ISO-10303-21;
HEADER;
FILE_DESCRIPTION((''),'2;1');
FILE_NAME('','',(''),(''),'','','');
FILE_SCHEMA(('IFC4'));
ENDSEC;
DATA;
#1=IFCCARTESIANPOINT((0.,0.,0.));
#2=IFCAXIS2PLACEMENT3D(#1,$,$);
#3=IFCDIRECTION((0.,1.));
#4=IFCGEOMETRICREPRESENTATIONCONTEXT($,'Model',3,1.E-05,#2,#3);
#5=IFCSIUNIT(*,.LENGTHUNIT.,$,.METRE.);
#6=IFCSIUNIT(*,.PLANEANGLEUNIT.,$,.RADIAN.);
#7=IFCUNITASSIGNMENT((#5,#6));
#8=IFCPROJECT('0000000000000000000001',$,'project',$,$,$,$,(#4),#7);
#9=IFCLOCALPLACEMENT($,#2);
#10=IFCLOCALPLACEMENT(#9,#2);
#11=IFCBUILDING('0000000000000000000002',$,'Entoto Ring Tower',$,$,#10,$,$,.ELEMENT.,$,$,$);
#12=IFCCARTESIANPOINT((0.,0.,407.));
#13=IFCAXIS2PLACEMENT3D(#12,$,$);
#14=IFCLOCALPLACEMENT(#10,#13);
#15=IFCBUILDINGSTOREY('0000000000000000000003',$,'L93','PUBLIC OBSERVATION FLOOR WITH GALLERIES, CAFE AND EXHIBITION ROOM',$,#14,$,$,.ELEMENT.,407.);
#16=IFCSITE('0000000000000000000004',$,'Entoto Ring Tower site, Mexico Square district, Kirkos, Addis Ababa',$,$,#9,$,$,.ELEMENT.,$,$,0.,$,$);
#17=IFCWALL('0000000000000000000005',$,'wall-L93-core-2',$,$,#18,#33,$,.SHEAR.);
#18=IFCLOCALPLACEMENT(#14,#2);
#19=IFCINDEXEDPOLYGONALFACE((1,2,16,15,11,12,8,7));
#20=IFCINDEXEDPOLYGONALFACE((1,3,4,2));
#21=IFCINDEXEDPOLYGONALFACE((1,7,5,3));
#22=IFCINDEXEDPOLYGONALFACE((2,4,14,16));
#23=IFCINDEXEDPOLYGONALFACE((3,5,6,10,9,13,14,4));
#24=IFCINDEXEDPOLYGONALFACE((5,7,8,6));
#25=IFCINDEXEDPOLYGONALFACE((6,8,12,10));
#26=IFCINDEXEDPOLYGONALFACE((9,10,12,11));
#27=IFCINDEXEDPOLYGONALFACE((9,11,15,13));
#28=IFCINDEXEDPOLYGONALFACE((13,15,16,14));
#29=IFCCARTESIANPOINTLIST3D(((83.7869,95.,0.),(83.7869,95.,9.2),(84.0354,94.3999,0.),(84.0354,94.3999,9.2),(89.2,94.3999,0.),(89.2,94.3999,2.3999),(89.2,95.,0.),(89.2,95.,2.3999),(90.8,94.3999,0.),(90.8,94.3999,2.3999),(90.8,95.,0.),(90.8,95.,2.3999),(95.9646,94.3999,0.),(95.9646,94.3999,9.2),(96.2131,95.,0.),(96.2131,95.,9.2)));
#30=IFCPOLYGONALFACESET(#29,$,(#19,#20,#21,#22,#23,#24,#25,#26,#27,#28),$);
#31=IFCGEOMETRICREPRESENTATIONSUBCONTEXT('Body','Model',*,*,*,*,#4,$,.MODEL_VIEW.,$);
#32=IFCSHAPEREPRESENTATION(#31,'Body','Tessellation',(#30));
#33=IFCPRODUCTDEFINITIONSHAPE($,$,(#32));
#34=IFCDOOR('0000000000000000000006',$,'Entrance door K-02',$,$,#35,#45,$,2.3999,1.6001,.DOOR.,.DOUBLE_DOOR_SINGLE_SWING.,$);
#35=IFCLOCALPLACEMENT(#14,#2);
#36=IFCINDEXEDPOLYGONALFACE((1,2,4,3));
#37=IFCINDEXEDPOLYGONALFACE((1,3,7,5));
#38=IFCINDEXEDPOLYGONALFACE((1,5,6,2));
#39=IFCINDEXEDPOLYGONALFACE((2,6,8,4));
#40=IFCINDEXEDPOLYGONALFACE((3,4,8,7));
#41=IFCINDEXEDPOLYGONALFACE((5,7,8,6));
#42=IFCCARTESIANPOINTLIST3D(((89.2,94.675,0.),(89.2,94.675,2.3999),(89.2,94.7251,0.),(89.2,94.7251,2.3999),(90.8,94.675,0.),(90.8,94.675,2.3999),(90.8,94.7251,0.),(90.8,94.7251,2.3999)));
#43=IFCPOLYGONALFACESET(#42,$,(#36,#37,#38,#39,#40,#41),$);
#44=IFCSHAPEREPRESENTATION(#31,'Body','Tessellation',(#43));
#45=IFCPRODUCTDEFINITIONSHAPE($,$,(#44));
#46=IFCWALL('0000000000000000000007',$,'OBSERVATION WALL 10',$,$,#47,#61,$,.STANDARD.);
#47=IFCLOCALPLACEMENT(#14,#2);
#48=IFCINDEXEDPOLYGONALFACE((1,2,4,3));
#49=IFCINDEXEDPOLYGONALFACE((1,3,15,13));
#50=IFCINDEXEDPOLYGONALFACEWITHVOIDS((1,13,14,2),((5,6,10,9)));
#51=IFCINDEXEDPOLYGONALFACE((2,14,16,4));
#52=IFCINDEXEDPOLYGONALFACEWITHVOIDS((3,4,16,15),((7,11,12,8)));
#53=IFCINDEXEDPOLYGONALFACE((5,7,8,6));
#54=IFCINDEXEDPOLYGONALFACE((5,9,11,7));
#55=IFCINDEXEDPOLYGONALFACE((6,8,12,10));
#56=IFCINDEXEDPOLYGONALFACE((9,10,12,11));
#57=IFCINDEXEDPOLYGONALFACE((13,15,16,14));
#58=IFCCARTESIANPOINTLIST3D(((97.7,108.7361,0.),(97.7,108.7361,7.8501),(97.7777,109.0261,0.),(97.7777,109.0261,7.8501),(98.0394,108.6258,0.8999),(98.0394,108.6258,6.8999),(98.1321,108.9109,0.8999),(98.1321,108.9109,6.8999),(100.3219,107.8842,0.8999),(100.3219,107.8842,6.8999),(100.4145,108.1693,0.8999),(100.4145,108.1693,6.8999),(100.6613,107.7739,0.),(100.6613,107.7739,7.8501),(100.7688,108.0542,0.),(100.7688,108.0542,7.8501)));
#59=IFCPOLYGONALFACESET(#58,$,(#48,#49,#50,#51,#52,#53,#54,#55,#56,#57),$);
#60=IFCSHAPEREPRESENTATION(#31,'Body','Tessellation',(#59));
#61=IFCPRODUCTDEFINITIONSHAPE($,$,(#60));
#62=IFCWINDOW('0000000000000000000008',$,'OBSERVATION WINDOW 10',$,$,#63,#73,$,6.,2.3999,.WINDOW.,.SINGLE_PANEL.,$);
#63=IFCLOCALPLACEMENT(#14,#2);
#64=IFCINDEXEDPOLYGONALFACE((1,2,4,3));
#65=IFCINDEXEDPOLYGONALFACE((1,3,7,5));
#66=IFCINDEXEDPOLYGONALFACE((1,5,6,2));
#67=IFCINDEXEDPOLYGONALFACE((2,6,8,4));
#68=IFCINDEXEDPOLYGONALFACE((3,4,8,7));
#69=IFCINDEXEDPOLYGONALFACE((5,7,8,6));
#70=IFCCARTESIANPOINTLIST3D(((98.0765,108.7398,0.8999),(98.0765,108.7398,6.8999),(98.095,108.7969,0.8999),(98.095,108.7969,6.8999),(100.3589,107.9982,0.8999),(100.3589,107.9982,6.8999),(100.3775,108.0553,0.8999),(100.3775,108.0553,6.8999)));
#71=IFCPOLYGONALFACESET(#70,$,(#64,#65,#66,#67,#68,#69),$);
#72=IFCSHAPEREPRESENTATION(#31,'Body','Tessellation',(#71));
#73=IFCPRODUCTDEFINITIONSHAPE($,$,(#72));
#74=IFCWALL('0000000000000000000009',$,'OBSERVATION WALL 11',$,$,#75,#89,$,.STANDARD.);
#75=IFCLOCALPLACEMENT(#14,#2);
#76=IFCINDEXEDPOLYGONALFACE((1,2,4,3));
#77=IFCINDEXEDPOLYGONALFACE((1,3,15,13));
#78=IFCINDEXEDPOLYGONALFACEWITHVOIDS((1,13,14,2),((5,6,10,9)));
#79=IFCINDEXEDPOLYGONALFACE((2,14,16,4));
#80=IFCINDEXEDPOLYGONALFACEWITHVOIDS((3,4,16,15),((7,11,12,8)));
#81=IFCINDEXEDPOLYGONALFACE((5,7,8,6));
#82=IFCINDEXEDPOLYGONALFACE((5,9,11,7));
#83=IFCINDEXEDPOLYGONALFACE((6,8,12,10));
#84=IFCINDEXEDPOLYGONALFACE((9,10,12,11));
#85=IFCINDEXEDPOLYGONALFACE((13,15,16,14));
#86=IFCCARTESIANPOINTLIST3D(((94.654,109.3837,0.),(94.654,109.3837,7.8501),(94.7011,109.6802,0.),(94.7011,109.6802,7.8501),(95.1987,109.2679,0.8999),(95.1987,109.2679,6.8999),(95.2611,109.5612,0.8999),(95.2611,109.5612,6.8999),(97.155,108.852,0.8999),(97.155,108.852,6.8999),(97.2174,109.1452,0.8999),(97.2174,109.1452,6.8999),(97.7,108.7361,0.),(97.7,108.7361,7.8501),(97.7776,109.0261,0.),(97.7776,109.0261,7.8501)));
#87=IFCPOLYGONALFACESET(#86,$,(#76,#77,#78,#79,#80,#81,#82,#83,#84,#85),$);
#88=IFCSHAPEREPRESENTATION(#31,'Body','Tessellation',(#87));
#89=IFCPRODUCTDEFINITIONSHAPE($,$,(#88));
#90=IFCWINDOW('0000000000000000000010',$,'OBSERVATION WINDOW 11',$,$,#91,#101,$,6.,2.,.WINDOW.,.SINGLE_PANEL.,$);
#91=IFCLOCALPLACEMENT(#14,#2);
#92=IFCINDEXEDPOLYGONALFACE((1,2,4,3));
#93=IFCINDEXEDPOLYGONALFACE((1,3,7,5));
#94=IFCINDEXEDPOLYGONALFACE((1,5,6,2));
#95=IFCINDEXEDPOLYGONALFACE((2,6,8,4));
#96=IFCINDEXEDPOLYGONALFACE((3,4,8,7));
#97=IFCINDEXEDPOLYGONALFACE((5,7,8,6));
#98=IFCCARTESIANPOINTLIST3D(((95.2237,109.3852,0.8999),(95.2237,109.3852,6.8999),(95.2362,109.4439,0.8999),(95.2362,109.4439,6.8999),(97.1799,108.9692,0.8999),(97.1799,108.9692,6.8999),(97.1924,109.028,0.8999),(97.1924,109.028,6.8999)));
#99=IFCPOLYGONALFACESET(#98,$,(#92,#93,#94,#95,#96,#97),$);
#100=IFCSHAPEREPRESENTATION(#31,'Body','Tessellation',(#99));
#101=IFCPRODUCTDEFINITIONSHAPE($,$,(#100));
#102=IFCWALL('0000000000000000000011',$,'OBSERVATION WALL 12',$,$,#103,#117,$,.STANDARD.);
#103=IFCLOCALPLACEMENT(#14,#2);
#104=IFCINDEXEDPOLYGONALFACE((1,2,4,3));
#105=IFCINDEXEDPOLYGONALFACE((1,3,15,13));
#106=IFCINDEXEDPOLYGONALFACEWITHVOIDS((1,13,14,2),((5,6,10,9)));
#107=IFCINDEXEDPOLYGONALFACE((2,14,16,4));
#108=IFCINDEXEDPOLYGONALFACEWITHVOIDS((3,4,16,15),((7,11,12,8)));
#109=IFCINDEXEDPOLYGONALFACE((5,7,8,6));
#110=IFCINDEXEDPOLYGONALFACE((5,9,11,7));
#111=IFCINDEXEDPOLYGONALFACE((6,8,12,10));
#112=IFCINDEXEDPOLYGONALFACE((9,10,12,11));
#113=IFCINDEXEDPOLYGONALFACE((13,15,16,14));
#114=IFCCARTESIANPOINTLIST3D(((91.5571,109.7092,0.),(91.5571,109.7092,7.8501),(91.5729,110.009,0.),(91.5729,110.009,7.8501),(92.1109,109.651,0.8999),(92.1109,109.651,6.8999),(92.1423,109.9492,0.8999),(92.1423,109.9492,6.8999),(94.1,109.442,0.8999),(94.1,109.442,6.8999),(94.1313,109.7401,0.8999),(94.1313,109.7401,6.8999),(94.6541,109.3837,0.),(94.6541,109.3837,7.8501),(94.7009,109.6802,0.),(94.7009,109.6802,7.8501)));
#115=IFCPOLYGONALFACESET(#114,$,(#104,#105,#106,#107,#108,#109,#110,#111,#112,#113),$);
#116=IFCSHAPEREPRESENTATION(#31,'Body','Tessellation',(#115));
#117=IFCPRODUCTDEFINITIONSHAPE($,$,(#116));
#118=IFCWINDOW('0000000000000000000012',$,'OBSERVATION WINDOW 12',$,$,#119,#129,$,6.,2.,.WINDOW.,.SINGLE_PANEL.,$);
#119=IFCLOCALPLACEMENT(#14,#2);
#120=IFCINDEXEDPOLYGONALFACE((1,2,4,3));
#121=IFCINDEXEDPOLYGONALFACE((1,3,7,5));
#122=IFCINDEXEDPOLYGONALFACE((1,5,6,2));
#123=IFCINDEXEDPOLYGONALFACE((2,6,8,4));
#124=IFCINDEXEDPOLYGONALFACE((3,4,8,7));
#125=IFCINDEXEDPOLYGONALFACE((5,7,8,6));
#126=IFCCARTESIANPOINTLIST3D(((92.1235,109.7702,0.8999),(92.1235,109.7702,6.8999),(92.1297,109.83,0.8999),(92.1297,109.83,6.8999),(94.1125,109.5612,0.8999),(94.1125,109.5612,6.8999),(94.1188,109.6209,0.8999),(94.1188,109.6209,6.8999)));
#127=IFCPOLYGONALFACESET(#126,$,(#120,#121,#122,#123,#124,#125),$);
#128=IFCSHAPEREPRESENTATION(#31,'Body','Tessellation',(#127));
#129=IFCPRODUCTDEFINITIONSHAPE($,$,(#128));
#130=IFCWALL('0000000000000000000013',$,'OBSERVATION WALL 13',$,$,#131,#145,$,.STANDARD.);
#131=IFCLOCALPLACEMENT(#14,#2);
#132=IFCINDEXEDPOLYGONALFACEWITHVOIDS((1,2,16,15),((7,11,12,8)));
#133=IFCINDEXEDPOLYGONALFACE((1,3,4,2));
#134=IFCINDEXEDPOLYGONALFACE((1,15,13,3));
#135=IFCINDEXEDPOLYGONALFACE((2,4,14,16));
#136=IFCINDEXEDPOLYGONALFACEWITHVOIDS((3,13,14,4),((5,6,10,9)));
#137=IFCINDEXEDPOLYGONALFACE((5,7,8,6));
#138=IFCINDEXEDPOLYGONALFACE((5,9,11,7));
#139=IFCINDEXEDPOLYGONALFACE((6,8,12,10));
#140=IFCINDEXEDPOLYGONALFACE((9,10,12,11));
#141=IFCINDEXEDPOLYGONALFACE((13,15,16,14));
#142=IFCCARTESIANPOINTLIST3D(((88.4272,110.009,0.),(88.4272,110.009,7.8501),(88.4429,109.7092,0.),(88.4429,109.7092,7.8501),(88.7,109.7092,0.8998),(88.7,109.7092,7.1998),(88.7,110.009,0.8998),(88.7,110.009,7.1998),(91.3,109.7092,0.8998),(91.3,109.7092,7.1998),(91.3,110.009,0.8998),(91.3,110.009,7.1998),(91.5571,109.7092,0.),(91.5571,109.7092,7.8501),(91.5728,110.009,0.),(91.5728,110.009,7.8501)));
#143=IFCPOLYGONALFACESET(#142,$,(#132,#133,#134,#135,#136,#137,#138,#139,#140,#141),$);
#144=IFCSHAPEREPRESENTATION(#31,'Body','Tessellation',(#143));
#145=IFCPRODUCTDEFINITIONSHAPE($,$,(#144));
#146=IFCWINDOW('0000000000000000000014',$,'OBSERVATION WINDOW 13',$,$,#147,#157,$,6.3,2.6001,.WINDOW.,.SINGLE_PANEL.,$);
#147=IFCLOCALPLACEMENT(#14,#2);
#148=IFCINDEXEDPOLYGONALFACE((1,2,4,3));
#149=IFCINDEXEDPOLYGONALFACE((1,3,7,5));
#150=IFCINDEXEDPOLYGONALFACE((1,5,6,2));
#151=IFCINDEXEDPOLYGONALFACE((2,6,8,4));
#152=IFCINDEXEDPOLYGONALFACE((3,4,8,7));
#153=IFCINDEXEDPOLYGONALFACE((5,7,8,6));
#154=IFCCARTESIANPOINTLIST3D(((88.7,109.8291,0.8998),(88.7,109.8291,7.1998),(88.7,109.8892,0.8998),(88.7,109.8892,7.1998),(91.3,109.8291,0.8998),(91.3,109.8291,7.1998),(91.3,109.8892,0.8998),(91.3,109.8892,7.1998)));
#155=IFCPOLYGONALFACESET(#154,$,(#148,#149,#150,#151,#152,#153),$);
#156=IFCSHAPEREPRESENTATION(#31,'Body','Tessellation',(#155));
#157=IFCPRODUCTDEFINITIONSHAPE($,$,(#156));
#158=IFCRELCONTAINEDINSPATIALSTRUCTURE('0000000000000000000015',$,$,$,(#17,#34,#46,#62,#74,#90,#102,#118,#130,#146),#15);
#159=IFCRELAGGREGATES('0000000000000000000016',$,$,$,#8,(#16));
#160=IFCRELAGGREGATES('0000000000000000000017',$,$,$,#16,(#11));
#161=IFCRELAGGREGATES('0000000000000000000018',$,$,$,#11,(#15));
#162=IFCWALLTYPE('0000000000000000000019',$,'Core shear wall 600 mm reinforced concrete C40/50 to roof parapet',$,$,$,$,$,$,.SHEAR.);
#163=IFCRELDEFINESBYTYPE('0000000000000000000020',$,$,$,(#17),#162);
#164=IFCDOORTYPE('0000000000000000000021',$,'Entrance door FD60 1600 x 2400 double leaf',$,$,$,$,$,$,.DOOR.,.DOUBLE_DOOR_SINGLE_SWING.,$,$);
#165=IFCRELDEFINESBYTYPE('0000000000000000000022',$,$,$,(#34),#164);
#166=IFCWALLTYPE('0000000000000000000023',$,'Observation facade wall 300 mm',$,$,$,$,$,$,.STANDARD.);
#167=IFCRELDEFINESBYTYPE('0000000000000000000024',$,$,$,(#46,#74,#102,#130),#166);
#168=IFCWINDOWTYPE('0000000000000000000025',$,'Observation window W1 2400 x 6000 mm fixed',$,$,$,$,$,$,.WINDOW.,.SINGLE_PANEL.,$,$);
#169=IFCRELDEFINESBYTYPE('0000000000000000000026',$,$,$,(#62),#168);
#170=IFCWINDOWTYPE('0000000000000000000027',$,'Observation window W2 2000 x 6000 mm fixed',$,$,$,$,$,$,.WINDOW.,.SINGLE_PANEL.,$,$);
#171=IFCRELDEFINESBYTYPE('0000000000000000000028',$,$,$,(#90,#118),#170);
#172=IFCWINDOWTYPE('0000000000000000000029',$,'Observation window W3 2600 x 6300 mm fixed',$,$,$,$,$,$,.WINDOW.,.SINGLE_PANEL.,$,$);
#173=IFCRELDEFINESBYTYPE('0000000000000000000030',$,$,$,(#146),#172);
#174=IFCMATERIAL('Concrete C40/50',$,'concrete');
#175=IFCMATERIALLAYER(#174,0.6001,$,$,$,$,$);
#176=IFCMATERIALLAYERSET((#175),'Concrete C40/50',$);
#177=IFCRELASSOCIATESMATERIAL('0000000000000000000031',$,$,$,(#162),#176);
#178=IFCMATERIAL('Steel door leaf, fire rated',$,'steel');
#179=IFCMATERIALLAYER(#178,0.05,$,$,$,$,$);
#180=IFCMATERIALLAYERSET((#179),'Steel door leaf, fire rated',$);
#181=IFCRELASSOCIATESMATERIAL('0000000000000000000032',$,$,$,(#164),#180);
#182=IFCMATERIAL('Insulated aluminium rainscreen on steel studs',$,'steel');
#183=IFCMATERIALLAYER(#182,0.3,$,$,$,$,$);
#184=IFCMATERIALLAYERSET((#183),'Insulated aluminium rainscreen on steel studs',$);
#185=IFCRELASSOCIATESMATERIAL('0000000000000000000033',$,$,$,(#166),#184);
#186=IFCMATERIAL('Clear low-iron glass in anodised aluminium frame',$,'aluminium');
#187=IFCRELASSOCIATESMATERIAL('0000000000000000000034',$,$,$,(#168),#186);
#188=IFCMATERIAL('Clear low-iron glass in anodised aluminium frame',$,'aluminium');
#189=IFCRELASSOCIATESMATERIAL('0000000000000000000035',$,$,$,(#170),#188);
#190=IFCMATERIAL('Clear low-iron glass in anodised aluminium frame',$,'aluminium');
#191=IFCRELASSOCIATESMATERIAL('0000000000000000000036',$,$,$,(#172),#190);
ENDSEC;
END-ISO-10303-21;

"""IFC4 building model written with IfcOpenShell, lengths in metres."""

from ifc_helpers import new_model, si_unit, direction, frame, frame_2d, origin, place, context, subcontext, project, spatial, polyline, rectangle, outline, extrude, material, layer, layer_set, type_object, element, fill, save


model = new_model("IFC4")

# Units and contexts
model_context = context("Model", 3, precision=1e-05, world=origin(), true_north=direction((0.0, 1.0)))
body_context = subcontext(model_context, "Body", "Model", "MODEL_VIEW")
ifc_project = project(units=[si_unit("LENGTHUNIT", "METRE"), si_unit("PLANEANGLEUNIT", "RADIAN")], contexts=[model_context])

# Site, building, storey
site_placement = place(None, origin())
site = spatial("IfcSite", under=ifc_project, at=site_placement, Name="Entoto Ring Tower site, Mexico Square district, Kirkos, Addis Ababa", CompositionType="ELEMENT", RefElevation=0.0)
building_placement = place(site_placement, origin())
building = spatial("IfcBuilding", under=site, at=building_placement, Name="Entoto Ring Tower", CompositionType="ELEMENT")
storey_placement = place(building_placement, frame((0.0, 0.0, 407.0)))
storey = spatial("IfcBuildingStorey", under=building, at=storey_placement, Name="L93", Description="PUBLIC OBSERVATION FLOOR WITH GALLERIES, CAFE AND EXHIBITION ROOM", CompositionType="ELEMENT", Elevation=407.0)

# Wall, opening, door
ifc_material_1 = material(Name="Concrete C40/50", Category="concrete")
ifc_layer_1 = layer(ifc_material_1, 0.6001)
ifc_layer_set_1 = layer_set([ifc_layer_1], Name="Concrete C40/50")
wall_type_1 = type_object("IfcWallType", Name="Core shear wall 600 mm reinforced concrete C40/50 to roof parapet", PredefinedType="SHEAR", material=ifc_layer_set_1)
wall_1_placement = place(storey_placement, frame((96.0889, 94.7, 0.0), z_axis=(0.0, 0.0, 1.0), x_axis=(-1.0, 0.0, 0.0)))
wall_1 = element("IfcWall", 1, at=wall_1_placement, inside=storey, type_object=wall_type_1, Name="wall-L93-core-2", PredefinedType="SHEAR", context=body_context, shape_type="SweptSolid", body=[
    extrude(outline(polyline([(-0.1243, -0.3), (12.302, -0.3), (12.0535, 0.3), (0.1243, 0.3), (-0.1243, -0.3)])), origin(), (0.0, 0.0, 1.0), 9.2),
])
opening_1_placement = place(wall_1_placement, frame((5.2888, 0.0, 0.0)))
opening_1 = element("IfcOpeningElement", 2, at=opening_1_placement, cuts=wall_1, PredefinedType="OPENING", context=body_context, shape_type="SweptSolid", body=[
    extrude(rectangle(XDim=1.6001, YDim=2.3999, at=frame_2d((0.8, 1.2))), frame((0.0, 0.3101, 0.0), z_axis=(0.0, -1.0, 0.0), x_axis=(1.0, 0.0, 0.0)), (0.0, 0.0, 1.0), 0.6201),
])
ifc_material_2 = material(Name="Steel door leaf, fire rated", Category="steel")
ifc_layer_2 = layer(ifc_material_2, 0.05)
ifc_layer_set_2 = layer_set([ifc_layer_2], Name="Steel door leaf, fire rated")
door_type = type_object("IfcDoorType", Name="Entrance door FD60 1600 x 2400 double leaf", OperationType="DOUBLE_DOOR_SINGLE_SWING", PredefinedType="DOOR", material=ifc_layer_set_2)
door_placement = place(opening_1_placement, origin())
door = element("IfcDoor", 3, at=door_placement, inside=storey, type_object=door_type, Name="Entrance door K-02", OperationType="DOUBLE_DOOR_SINGLE_SWING", OverallHeight=2.3999, OverallWidth=1.6001, PredefinedType="DOOR", context=body_context, shape_type="SweptSolid", body=[
    extrude(rectangle(XDim=1.6001, YDim=2.3999, at=frame_2d((0.8, 1.2))), frame((0.0, 0.0249, 0.0), z_axis=(0.0, -1.0, 0.0), x_axis=(1.0, 0.0, 0.0)), (0.0, 0.0, 1.0), 0.05),
])
fill(opening_1, door)

# Walls, openings, windows
ifc_material_3 = material(Name="Insulated aluminium rainscreen on steel studs", Category="steel")
ifc_layer_3 = layer(ifc_material_3, 0.3)
ifc_layer_set_3 = layer_set([ifc_layer_3], Name="Insulated aluminium rainscreen on steel studs")
wall_type_2 = type_object("IfcWallType", Name="Observation facade wall 300 mm", PredefinedType="STANDARD", material=ifc_layer_set_3)
wall_2_placement = place(storey_placement, frame((100.7151, 107.9141, 0.0), z_axis=(0.0, 0.0, 1.0), x_axis=(-0.951059, 0.30901, 0.0)))
wall_2 = element("IfcWall", 4, at=wall_2_placement, inside=storey, type_object=wall_type_2, Name="OBSERVATION WALL 10", PredefinedType="STANDARD", context=body_context, shape_type="SweptSolid", body=[
    extrude(outline(polyline([(-0.0078, -0.1499), (3.1372, -0.1499), (3.1216, 0.1499), (0.0078, 0.1499), (-0.0078, -0.1499)])), origin(), (0.0, 0.0, 1.0), 7.8501),
])
opening_2_placement = place(wall_2_placement, frame((0.3647, 0.0, 0.8999)))
opening_2 = element("IfcOpeningElement", 5, at=opening_2_placement, cuts=wall_2, PredefinedType="OPENING", context=body_context, shape_type="SweptSolid", body=[
    extrude(rectangle(XDim=2.3999, YDim=6.0, at=frame_2d((1.2, 3.0))), frame((0.0, 0.1602, 0.0), z_axis=(0.0, -1.0, 0.0), x_axis=(1.0, 0.0, 0.0)), (0.0, 0.0, 1.0), 0.3201),
])
ifc_material_4 = material(Name="Clear low-iron glass in anodised aluminium frame", Category="aluminium")
window_type_1 = type_object("IfcWindowType", Name="Observation window W1 2400 x 6000 mm fixed", PartitioningType="SINGLE_PANEL", PredefinedType="WINDOW", material=ifc_material_4)
window_1_placement = place(opening_2_placement, origin())
window_1 = element("IfcWindow", 6, at=window_1_placement, inside=storey, type_object=window_type_1, Name="OBSERVATION WINDOW 10", OverallHeight=6.0, OverallWidth=2.3999, PartitioningType="SINGLE_PANEL", PredefinedType="WINDOW", context=body_context, shape_type="SweptSolid", body=[
    extrude(rectangle(XDim=2.3999, YDim=6.0, at=frame_2d((1.2, 3.0))), frame((0.0, 0.03, 0.0), z_axis=(0.0, -1.0, 0.0), x_axis=(1.0, 0.0, 0.0)), (0.0, 0.0, 1.0), 0.0601),
])
fill(opening_2, window_1)
wall_3_placement = place(storey_placement, frame((97.7388, 108.8811, 0.0), z_axis=(0.0, 0.0, 1.0), x_axis=(-0.978136, 0.207968, 0.0)))
wall_3 = element("IfcWall", 7, at=wall_3_placement, inside=storey, type_object=wall_type_2, Name="OBSERVATION WALL 11", PredefinedType="STANDARD", context=body_context, shape_type="SweptSolid", body=[
    extrude(outline(polyline([(-0.0078, -0.1499), (3.1375, -0.1499), (3.1218, 0.1499), (0.0078, 0.1499), (-0.0078, -0.1499)])), origin(), (0.0, 0.0, 1.0), 7.8501),
])
opening_3_placement = place(wall_3_placement, frame((0.5649, 0.0, 0.8999)))
opening_3 = element("IfcOpeningElement", 8, at=opening_3_placement, cuts=wall_3, PredefinedType="OPENING", context=body_context, shape_type="SweptSolid", body=[
    extrude(rectangle(XDim=2.0, YDim=6.0, at=frame_2d((1.0, 3.0))), frame((0.0, 0.1602, 0.0), z_axis=(0.0, -1.0, 0.0), x_axis=(1.0, 0.0, 0.0)), (0.0, 0.0, 1.0), 0.3201),
])
ifc_material_5 = material(Name="Clear low-iron glass in anodised aluminium frame", Category="aluminium")
window_type_2 = type_object("IfcWindowType", Name="Observation window W2 2000 x 6000 mm fixed", PartitioningType="SINGLE_PANEL", PredefinedType="WINDOW", material=ifc_material_5)
window_2_placement = place(opening_3_placement, origin())
window_2 = element("IfcWindow", 9, at=window_2_placement, inside=storey, type_object=window_type_2, Name="OBSERVATION WINDOW 11", OverallHeight=6.0, OverallWidth=2.0, PartitioningType="SINGLE_PANEL", PredefinedType="WINDOW", context=body_context, shape_type="SweptSolid", body=[
    extrude(rectangle(XDim=2.0, YDim=6.0, at=frame_2d((1.0, 3.0))), frame((0.0, 0.03, 0.0), z_axis=(0.0, -1.0, 0.0), x_axis=(1.0, 0.0, 0.0)), (0.0, 0.0, 1.0), 0.0601),
])
fill(opening_3, window_2)
wall_4_placement = place(storey_placement, frame((94.6775, 109.532, 0.0), z_axis=(0.0, 0.0, 1.0), x_axis=(-0.994522, 0.10453, 0.0)))
wall_4 = element("IfcWall", 10, at=wall_4_placement, inside=storey, type_object=wall_type_2, Name="OBSERVATION WALL 12", PredefinedType="STANDARD", context=body_context, shape_type="SweptSolid", body=[
    extrude(outline(polyline([(-0.0078, -0.1499), (3.1375, -0.1499), (3.1218, 0.1499), (0.0078, 0.1499), (-0.0078, -0.1499)])), origin(), (0.0, 0.0, 1.0), 7.8501),
])
opening_4_placement = place(wall_4_placement, frame((0.5649, 0.0, 0.8999)))
opening_4 = element("IfcOpeningElement", 11, at=opening_4_placement, cuts=wall_4, PredefinedType="OPENING", context=body_context, shape_type="SweptSolid", body=[
    extrude(rectangle(XDim=2.0, YDim=6.0, at=frame_2d((1.0, 3.0))), frame((0.0, 0.1602, 0.0), z_axis=(0.0, -1.0, 0.0), x_axis=(1.0, 0.0, 0.0)), (0.0, 0.0, 1.0), 0.3201),
])
window_3_placement = place(opening_4_placement, origin())
window_3 = element("IfcWindow", 12, at=window_3_placement, inside=storey, type_object=window_type_2, Name="OBSERVATION WINDOW 12", OverallHeight=6.0, OverallWidth=2.0, PartitioningType="SINGLE_PANEL", PredefinedType="WINDOW", context=body_context, shape_type="SweptSolid", body=[
    extrude(rectangle(XDim=2.0, YDim=6.0, at=frame_2d((1.0, 3.0))), frame((0.0, 0.03, 0.0), z_axis=(0.0, -1.0, 0.0), x_axis=(1.0, 0.0, 0.0)), (0.0, 0.0, 1.0), 0.0601),
])
fill(opening_4, window_3)
wall_5_placement = place(storey_placement, frame((91.5649, 109.8591, 0.0), z_axis=(0.0, 0.0, 1.0), x_axis=(-1.0, 0.0, 0.0)))
wall_5 = element("IfcWall", 13, at=wall_5_placement, inside=storey, type_object=wall_type_2, Name="OBSERVATION WALL 13", PredefinedType="STANDARD", context=body_context, shape_type="SweptSolid", body=[
    extrude(outline(polyline([(-0.0078, -0.1499), (3.1377, -0.1499), (3.1221, 0.1499), (0.0078, 0.1499), (-0.0078, -0.1499)])), origin(), (0.0, 0.0, 1.0), 7.8501),
])
opening_5_placement = place(wall_5_placement, frame((0.2649, 0.0, 0.8999)))
opening_5 = element("IfcOpeningElement", 14, at=opening_5_placement, cuts=wall_5, PredefinedType="OPENING", context=body_context, shape_type="SweptSolid", body=[
    extrude(rectangle(XDim=2.6001, YDim=6.3, at=frame_2d((1.3, 3.1499))), frame((0.0, 0.1602, 0.0), z_axis=(0.0, -1.0, 0.0), x_axis=(1.0, 0.0, 0.0)), (0.0, 0.0, 1.0), 0.3201),
])
ifc_material_6 = material(Name="Clear low-iron glass in anodised aluminium frame", Category="aluminium")
window_type_3 = type_object("IfcWindowType", Name="Observation window W3 2600 x 6300 mm fixed", PartitioningType="SINGLE_PANEL", PredefinedType="WINDOW", material=ifc_material_6)
window_4_placement = place(opening_5_placement, origin())
window_4 = element("IfcWindow", 15, at=window_4_placement, inside=storey, type_object=window_type_3, Name="OBSERVATION WINDOW 13", OverallHeight=6.3, OverallWidth=2.6001, PartitioningType="SINGLE_PANEL", PredefinedType="WINDOW", context=body_context, shape_type="SweptSolid", body=[
    extrude(rectangle(XDim=2.6001, YDim=6.3, at=frame_2d((1.3, 3.1499))), frame((0.0, 0.03, 0.0), z_axis=(0.0, -1.0, 0.0), x_axis=(1.0, 0.0, 0.0)), (0.0, 0.0, 1.0), 0.0601),
])
fill(opening_5, window_4)

save(model, "model.ifc")
